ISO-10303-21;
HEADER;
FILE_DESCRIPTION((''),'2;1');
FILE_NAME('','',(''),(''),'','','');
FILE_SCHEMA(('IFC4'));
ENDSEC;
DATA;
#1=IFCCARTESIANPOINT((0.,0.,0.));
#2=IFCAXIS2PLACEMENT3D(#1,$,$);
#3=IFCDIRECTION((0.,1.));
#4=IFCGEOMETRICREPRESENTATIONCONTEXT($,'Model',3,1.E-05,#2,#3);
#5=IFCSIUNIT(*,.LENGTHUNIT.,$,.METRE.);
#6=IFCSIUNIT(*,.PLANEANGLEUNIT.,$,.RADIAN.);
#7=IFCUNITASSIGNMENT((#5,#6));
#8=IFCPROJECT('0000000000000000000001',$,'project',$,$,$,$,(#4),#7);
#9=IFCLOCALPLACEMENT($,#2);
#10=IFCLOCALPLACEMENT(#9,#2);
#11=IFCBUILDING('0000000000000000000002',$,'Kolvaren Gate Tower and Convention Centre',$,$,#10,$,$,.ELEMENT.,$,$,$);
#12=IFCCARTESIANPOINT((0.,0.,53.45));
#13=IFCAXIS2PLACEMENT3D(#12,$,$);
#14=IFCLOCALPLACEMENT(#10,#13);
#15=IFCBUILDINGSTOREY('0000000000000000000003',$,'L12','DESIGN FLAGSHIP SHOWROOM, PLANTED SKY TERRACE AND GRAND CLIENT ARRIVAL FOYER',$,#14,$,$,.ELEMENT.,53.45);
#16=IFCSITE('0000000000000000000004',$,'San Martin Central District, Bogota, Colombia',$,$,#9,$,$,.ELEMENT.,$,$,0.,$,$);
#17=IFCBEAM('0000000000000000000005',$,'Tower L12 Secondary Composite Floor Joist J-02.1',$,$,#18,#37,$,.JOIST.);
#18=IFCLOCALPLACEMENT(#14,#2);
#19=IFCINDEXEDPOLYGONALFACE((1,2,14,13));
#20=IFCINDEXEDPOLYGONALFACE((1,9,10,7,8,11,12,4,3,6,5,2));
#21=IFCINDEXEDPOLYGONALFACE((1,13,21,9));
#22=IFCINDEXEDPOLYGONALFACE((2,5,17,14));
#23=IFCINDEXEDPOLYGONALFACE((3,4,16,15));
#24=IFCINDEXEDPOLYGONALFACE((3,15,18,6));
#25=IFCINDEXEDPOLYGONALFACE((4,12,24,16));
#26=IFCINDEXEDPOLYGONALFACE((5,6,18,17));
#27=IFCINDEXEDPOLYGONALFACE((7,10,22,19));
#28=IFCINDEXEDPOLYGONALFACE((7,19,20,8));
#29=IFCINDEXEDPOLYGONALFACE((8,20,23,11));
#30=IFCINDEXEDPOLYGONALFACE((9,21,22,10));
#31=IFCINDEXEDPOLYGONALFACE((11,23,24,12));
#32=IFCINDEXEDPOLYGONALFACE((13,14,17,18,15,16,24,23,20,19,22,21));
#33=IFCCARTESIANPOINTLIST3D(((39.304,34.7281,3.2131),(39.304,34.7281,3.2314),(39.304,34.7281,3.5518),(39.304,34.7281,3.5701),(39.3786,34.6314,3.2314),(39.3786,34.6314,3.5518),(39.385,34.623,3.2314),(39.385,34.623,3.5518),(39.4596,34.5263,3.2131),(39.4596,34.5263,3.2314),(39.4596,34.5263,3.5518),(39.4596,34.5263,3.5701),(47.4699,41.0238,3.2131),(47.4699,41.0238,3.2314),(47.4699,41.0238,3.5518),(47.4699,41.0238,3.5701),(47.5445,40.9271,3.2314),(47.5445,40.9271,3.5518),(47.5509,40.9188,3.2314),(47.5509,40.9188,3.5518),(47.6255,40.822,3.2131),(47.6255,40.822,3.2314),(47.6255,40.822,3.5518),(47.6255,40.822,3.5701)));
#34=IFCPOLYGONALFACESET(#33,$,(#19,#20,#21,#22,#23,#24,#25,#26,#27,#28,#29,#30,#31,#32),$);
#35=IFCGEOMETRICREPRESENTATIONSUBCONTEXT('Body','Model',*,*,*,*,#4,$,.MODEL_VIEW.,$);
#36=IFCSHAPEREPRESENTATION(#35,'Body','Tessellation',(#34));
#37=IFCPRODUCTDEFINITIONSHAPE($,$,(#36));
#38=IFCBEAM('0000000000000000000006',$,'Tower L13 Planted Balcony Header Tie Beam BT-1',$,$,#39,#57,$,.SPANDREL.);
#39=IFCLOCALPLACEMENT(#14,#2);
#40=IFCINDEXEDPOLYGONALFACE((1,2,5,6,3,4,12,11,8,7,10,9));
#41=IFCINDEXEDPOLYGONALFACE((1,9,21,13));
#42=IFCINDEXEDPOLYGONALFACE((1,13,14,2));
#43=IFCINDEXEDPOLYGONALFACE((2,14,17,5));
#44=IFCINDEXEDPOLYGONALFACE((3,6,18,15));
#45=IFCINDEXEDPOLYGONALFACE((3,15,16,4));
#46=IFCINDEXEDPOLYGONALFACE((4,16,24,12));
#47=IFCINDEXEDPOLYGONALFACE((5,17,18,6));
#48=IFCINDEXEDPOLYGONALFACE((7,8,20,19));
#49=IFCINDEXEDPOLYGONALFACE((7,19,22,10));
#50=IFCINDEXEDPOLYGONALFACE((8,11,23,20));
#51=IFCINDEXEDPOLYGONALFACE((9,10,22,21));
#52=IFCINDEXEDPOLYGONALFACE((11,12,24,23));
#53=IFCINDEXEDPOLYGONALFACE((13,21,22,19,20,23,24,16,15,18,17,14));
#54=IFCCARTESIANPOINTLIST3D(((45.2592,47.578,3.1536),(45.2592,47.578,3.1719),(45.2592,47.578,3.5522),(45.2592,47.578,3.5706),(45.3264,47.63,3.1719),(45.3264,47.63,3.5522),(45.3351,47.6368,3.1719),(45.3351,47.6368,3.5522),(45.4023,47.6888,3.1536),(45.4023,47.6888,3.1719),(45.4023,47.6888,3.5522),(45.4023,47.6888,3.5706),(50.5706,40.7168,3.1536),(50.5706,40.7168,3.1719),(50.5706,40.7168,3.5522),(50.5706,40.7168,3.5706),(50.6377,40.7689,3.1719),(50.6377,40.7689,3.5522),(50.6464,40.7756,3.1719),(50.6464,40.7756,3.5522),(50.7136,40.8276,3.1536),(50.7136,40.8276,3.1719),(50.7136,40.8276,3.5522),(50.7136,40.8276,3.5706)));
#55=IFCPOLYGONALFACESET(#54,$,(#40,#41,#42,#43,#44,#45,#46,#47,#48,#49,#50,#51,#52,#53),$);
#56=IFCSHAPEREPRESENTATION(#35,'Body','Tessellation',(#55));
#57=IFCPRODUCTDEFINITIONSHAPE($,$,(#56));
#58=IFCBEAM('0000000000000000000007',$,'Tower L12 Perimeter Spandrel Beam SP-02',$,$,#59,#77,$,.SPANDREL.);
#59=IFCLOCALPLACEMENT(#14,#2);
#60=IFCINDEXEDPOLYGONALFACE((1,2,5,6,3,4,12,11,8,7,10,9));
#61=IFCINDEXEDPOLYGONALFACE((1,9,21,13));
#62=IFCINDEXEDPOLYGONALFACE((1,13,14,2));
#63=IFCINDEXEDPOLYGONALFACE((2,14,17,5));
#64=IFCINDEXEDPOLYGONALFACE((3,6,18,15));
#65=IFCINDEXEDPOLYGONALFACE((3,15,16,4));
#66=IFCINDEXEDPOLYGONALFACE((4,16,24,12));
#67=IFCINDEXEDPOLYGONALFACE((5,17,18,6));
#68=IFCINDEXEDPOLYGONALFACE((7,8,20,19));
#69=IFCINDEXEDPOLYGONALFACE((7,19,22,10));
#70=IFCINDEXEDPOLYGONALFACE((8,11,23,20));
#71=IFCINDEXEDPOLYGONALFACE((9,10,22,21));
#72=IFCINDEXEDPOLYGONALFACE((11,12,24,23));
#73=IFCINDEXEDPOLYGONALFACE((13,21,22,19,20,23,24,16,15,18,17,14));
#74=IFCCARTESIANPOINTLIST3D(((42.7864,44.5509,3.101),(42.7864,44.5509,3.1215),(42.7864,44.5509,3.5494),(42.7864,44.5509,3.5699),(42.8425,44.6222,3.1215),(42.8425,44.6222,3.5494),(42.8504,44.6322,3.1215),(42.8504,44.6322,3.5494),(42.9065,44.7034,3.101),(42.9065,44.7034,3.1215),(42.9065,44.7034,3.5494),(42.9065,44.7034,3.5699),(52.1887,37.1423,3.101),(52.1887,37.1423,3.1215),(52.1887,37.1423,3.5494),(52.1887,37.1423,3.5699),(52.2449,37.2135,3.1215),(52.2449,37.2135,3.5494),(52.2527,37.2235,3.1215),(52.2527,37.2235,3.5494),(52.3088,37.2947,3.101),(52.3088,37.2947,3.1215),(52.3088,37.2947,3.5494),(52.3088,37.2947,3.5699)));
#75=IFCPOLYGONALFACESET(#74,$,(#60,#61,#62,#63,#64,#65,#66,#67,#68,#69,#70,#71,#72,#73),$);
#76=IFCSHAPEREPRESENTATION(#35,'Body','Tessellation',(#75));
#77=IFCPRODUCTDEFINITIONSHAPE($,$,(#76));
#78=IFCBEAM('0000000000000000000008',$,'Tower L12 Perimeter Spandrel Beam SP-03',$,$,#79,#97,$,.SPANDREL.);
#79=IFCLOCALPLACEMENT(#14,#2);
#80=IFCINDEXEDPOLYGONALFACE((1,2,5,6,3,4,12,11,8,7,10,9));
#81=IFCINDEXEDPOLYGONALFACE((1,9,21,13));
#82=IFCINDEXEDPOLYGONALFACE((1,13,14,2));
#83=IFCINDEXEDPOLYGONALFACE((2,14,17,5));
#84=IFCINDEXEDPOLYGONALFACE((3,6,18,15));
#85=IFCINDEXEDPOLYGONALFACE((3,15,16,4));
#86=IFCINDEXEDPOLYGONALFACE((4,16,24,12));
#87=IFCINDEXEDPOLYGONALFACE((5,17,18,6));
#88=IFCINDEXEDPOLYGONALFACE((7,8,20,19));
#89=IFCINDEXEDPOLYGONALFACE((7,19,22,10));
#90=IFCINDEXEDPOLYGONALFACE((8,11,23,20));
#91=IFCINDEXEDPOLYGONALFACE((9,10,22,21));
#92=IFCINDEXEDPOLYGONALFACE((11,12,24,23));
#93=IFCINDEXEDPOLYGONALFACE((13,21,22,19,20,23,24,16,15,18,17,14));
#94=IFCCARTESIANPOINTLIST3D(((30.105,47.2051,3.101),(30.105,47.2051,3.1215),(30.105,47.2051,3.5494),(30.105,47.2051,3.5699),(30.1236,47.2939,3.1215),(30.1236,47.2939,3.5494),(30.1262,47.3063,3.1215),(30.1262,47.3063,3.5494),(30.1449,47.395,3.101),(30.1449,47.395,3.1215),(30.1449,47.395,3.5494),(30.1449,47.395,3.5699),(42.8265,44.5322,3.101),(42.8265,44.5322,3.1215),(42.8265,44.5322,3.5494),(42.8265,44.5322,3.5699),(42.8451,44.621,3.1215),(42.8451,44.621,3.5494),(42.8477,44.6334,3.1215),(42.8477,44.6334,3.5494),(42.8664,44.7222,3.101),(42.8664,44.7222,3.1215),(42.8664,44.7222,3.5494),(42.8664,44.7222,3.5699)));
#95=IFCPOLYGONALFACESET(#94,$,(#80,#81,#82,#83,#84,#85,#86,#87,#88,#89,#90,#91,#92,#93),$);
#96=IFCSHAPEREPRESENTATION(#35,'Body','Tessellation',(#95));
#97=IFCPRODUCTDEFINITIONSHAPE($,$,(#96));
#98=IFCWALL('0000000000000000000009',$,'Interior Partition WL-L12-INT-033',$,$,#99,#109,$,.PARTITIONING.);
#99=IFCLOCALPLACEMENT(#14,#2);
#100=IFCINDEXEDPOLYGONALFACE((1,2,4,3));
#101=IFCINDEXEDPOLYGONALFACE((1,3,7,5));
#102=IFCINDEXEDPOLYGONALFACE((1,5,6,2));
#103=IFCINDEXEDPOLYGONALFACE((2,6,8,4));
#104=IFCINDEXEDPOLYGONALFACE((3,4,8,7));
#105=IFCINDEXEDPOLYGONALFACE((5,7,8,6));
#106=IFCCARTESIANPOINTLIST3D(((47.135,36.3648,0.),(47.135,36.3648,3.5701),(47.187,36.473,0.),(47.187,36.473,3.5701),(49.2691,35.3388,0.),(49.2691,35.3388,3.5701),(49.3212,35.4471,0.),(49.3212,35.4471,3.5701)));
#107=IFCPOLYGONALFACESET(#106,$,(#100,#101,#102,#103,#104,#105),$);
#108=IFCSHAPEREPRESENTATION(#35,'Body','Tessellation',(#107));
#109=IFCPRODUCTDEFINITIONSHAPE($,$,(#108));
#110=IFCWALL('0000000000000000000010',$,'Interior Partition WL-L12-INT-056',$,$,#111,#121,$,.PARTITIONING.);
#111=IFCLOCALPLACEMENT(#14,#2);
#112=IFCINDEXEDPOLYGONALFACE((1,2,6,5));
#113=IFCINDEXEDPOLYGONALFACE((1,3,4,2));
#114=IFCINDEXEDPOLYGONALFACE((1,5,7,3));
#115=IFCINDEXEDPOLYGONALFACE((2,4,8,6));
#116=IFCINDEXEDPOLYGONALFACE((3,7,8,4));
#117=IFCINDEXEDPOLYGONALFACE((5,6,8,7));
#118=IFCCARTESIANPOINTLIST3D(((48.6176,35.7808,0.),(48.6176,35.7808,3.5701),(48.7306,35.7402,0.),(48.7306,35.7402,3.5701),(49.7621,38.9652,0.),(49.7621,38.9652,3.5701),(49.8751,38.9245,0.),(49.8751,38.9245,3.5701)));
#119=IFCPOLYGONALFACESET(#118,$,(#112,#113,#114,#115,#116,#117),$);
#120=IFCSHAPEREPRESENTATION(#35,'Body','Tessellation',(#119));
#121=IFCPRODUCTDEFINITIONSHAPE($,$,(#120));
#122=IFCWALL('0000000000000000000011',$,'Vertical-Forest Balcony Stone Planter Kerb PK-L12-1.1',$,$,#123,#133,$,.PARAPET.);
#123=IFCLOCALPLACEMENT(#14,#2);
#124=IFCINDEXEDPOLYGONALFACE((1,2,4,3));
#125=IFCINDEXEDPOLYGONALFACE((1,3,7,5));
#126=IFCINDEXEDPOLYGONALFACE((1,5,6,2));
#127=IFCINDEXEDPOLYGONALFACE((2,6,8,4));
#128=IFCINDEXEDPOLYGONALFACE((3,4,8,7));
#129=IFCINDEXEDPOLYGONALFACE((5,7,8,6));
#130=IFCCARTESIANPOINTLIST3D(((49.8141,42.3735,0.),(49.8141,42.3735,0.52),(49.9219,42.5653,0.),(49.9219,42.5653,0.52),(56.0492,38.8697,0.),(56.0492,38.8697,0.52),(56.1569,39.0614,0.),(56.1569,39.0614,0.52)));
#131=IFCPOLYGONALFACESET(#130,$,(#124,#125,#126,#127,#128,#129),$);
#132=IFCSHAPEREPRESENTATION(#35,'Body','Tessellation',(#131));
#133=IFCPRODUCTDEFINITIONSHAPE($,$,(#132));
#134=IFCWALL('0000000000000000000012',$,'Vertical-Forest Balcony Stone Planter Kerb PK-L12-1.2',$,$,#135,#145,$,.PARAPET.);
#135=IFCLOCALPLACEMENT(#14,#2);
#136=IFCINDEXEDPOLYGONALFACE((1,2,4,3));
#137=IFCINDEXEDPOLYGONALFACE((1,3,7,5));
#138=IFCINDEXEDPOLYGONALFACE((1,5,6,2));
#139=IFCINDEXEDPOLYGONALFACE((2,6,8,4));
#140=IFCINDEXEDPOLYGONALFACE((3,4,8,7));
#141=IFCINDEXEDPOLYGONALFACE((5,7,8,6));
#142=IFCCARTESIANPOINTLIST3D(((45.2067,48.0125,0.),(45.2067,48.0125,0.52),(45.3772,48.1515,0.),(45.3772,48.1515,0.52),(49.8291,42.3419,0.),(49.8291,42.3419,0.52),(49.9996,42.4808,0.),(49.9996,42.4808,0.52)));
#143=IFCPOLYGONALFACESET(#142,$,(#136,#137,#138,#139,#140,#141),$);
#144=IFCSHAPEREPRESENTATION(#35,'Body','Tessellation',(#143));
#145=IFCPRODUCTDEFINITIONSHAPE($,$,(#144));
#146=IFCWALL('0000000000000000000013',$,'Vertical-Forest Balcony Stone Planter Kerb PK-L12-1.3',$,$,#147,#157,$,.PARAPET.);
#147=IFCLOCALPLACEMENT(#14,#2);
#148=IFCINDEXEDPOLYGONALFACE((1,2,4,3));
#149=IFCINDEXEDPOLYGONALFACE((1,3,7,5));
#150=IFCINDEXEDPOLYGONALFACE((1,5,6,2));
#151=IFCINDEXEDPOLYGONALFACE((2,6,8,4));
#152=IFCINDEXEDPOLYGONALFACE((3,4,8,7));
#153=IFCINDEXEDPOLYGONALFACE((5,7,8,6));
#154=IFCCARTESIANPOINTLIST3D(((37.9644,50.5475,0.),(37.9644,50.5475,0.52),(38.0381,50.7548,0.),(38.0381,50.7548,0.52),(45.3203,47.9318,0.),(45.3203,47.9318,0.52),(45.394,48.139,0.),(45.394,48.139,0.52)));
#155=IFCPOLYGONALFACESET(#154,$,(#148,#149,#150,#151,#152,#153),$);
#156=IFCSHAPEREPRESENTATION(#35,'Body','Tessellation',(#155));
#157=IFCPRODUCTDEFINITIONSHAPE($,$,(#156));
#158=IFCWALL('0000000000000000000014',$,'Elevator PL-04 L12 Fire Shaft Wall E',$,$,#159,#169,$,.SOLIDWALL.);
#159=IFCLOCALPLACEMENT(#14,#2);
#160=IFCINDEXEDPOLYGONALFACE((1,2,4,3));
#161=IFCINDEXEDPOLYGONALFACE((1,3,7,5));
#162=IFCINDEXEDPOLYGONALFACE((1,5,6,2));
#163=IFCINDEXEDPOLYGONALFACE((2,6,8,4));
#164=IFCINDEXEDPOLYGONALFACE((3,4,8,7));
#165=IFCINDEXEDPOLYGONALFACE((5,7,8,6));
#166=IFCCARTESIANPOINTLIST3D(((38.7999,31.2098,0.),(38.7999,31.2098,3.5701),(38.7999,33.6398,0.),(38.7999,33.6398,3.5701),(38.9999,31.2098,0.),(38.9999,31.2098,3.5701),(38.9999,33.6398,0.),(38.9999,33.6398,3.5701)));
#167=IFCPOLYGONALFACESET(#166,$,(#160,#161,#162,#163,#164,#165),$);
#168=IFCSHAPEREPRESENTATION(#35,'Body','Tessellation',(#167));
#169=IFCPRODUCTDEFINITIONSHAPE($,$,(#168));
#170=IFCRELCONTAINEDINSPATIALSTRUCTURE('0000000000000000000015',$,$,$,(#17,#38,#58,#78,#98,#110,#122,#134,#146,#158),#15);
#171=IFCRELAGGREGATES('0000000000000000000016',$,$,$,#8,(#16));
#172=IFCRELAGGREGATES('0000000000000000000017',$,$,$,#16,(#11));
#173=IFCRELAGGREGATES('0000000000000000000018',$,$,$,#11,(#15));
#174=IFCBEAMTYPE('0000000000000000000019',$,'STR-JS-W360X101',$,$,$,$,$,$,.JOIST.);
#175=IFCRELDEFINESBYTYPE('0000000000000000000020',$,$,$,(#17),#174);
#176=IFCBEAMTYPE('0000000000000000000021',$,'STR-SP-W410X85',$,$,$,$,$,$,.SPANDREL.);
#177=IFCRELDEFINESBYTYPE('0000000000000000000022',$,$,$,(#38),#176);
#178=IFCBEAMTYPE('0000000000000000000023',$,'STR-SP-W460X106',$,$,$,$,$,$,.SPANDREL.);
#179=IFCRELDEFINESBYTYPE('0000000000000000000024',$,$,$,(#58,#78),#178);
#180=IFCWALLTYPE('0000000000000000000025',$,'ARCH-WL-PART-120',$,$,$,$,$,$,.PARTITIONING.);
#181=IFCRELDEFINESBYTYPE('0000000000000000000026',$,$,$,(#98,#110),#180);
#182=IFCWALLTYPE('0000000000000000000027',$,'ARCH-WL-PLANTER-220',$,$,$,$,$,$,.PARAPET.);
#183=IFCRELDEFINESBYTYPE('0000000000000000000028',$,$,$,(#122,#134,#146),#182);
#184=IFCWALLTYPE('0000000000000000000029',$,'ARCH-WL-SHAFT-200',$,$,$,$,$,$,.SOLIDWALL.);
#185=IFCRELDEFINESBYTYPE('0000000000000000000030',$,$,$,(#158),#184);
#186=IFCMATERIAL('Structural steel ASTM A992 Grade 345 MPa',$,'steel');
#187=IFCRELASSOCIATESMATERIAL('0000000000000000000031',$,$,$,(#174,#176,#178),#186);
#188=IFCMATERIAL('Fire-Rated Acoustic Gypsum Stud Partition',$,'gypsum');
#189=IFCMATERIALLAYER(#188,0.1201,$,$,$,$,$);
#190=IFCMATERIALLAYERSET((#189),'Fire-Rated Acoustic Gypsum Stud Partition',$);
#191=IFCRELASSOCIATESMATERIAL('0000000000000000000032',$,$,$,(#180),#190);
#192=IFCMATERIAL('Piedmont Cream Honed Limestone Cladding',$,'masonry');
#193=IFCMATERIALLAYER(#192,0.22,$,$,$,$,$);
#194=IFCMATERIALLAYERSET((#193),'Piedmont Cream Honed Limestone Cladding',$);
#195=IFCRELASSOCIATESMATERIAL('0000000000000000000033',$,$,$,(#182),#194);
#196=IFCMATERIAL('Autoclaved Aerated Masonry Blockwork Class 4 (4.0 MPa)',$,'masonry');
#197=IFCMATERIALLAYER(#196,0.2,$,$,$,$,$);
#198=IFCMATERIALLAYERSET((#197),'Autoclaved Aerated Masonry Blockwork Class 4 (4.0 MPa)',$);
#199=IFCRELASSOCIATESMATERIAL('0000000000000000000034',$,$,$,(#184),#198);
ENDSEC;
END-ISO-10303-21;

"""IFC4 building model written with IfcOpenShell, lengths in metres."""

from ifc_helpers import new_model, si_unit, direction, frame, frame_2d, origin, origin_2d, place, context, subcontext, project, spatial, rectangle, i_section, extrude, material, layer, layer_set, material_profile, profile_set, type_object, element, save


model = new_model("IFC4")

# Units and contexts
model_context = context("Model", 3, precision=1e-05, world=origin(), true_north=direction((0.0, 1.0)))
body_context = subcontext(model_context, "Body", "Model", "MODEL_VIEW")
ifc_project = project(units=[si_unit("LENGTHUNIT", "METRE"), si_unit("PLANEANGLEUNIT", "RADIAN")], contexts=[model_context])

# Site, building, storey
site_placement = place(None, origin())
site = spatial("IfcSite", under=ifc_project, at=site_placement, Name="San Martin Central District, Bogota, Colombia", CompositionType="ELEMENT", RefElevation=0.0)
building_placement = place(site_placement, origin())
building = spatial("IfcBuilding", under=site, at=building_placement, Name="Kolvaren Gate Tower and Convention Centre", CompositionType="ELEMENT")
storey_placement = place(building_placement, frame((0.0, 0.0, 53.45)))
storey = spatial("IfcBuildingStorey", under=building, at=storey_placement, Name="L12", Description="DESIGN FLAGSHIP SHOWROOM, PLANTED SKY TERRACE AND GRAND CLIENT ARRIVAL FOYER", CompositionType="ELEMENT", Elevation=53.45)

# Beams
ifc_material_1 = material(Name="Structural steel ASTM A992 Grade 345 MPa", Category="steel")
ifc_material_profile_1 = material_profile(ifc_material_1, i_section(OverallWidth=0.2549, OverallDepth=0.3569, WebThickness=0.0105, FlangeThickness=0.0183, at=origin_2d()), Name="W360X101")
ifc_profile_set_1 = profile_set([ifc_material_profile_1], Name="Structural steel ASTM A992 Grade 345 MPa")
beam_type_1 = type_object("IfcBeamType", Name="STR-JS-W360X101", PredefinedType="JOIST", material=ifc_profile_set_1)
beam_1_placement = place(storey_placement, frame((39.3818, 34.6272, 3.3916), z_axis=(0.791954, 0.610581, 0.0), x_axis=(-0.610581, 0.791954, 0.0)))
element("IfcBeam", 1, at=beam_1_placement, inside=storey, type_object=beam_type_1, Name="Tower L12 Secondary Composite Floor Joist J-02.1", PredefinedType="JOIST", context=body_context, shape_type="SweptSolid", body=[
    extrude(i_section(OverallWidth=0.2549, OverallDepth=0.3569, WebThickness=0.0105, FlangeThickness=0.0183, at=origin_2d()), origin(), (0.0, 0.0, 1.0), 10.311),
])
ifc_material_profile_2 = material_profile(ifc_material_1, i_section(OverallWidth=0.1809, OverallDepth=0.417, WebThickness=0.011, FlangeThickness=0.0183, at=origin_2d()), Name="W410X85")
ifc_profile_set_2 = profile_set([ifc_material_profile_2], Name="Structural steel ASTM A992 Grade 345 MPa")
beam_type_2 = type_object("IfcBeamType", Name="STR-SP-W410X85", PredefinedType="SPANDREL", material=ifc_profile_set_2)
beam_2_placement = place(storey_placement, frame((50.6421, 40.7722, 3.3621), z_axis=(-0.612135, 0.790753, 0.0), x_axis=(-0.790753, -0.612135, 0.0)))
element("IfcBeam", 2, at=beam_2_placement, inside=storey, type_object=beam_type_2, Name="Tower L13 Planted Balcony Header Tie Beam BT-1", PredefinedType="SPANDREL", context=body_context, shape_type="SweptSolid", body=[
    extrude(i_section(OverallWidth=0.1809, OverallDepth=0.417, WebThickness=0.011, FlangeThickness=0.0183, at=origin_2d()), origin(), (0.0, 0.0, 1.0), 8.6768),
])
ifc_material_profile_3 = material_profile(ifc_material_1, i_section(OverallWidth=0.1941, OverallDepth=0.469, WebThickness=0.0127, FlangeThickness=0.0205, at=origin_2d()), Name="W460X106")
ifc_profile_set_3 = profile_set([ifc_material_profile_3], Name="Structural steel ASTM A992 Grade 345 MPa")
beam_type_3 = type_object("IfcBeamType", Name="STR-SP-W460X106", PredefinedType="SPANDREL", material=ifc_profile_set_3)
beam_3_placement = place(storey_placement, frame((52.2488, 37.2185, 3.3354), z_axis=(-0.78546, 0.618913, 0.0), x_axis=(-0.618913, -0.78546, 0.0)))
element("IfcBeam", 3, at=beam_3_placement, inside=storey, type_object=beam_type_3, Name="Tower L12 Perimeter Spandrel Beam SP-02", PredefinedType="SPANDREL", context=body_context, shape_type="SweptSolid", body=[
    extrude(i_section(OverallWidth=0.1941, OverallDepth=0.469, WebThickness=0.0127, FlangeThickness=0.0205, at=origin_2d()), origin(), (0.0, 0.0, 1.0), 11.9705),
])
beam_4_placement = place(storey_placement, frame((42.8464, 44.6272, 3.3354), z_axis=(-0.978633, 0.205617, 0.0), x_axis=(-0.205617, -0.978633, 0.0)))
element("IfcBeam", 4, at=beam_4_placement, inside=storey, type_object=beam_type_3, Name="Tower L12 Perimeter Spandrel Beam SP-03", PredefinedType="SPANDREL", context=body_context, shape_type="SweptSolid", body=[
    extrude(i_section(OverallWidth=0.1941, OverallDepth=0.469, WebThickness=0.0127, FlangeThickness=0.0205, at=origin_2d()), origin(), (0.0, 0.0, 1.0), 12.9993),
])

# Walls
ifc_material_2 = material(Name="Fire-Rated Acoustic Gypsum Stud Partition", Category="gypsum")
ifc_layer_1 = layer(ifc_material_2, 0.1201)
ifc_layer_set_1 = layer_set([ifc_layer_1], Name="Fire-Rated Acoustic Gypsum Stud Partition")
wall_type_1 = type_object("IfcWallType", Name="ARCH-WL-PART-120", PredefinedType="PARTITIONING", material=ifc_layer_set_1)
wall_1_placement = place(storey_placement, frame((47.1609, 36.4189, 0.0), z_axis=(0.0, 0.0, 1.0), x_axis=(0.901269, -0.433261, 0.0)))
element("IfcWall", 5, at=wall_1_placement, inside=storey, type_object=wall_type_1, Name="Interior Partition WL-L12-INT-033", PredefinedType="PARTITIONING", context=body_context, shape_type="SweptSolid", body=[
    extrude(rectangle(XDim=2.3679, YDim=0.1201, at=frame_2d((1.1841, 0.0))), origin(), (0.0, 0.0, 1.0), 3.5701),
])
wall_2_placement = place(storey_placement, frame((48.6741, 35.7605, 0.0), z_axis=(0.0, 0.0, 1.0), x_axis=(0.338242, 0.941059, 0.0)))
element("IfcWall", 6, at=wall_2_placement, inside=storey, type_object=wall_type_1, Name="Interior Partition WL-L12-INT-056", PredefinedType="PARTITIONING", context=body_context, shape_type="SweptSolid", body=[
    extrude(rectangle(XDim=3.3838, YDim=0.1201, at=frame_2d((1.6919, 0.0))), origin(), (0.0, 0.0, 1.0), 3.5701),
])
ifc_material_3 = material(Name="Piedmont Cream Honed Limestone Cladding", Category="masonry")
ifc_layer_2 = layer(ifc_material_3, 0.22)
ifc_layer_set_2 = layer_set([ifc_layer_2], Name="Piedmont Cream Honed Limestone Cladding")
wall_type_2 = type_object("IfcWallType", Name="ARCH-WL-PLANTER-220", PredefinedType="PARAPET", material=ifc_layer_set_2)
wall_3_placement = place(storey_placement, frame((49.8679, 42.4695, 0.0), z_axis=(0.0, 0.0, 1.0), x_axis=(0.871775, -0.489906, 0.0)))
element("IfcWall", 7, at=wall_3_placement, inside=storey, type_object=wall_type_2, Name="Vertical-Forest Balcony Stone Planter Kerb PK-L12-1.1", PredefinedType="PARAPET", context=body_context, shape_type="SweptSolid", body=[
    extrude(rectangle(XDim=7.1521, YDim=0.22, at=frame_2d((3.5762, 0.0))), origin(), (0.0, 0.0, 1.0), 0.52),
])
wall_4_placement = place(storey_placement, frame((45.292, 48.082, 0.0), z_axis=(0.0, 0.0, 1.0), x_axis=(0.631819, -0.775116, 0.0)))
element("IfcWall", 8, at=wall_4_placement, inside=storey, type_object=wall_type_2, Name="Vertical-Forest Balcony Stone Planter Kerb PK-L12-1.2", PredefinedType="PARAPET", context=body_context, shape_type="SweptSolid", body=[
    extrude(rectangle(XDim=7.3159, YDim=0.22, at=frame_2d((3.658, 0.0))), origin(), (0.0, 0.0, 1.0), 0.52),
])
wall_5_placement = place(storey_placement, frame((38.0012, 50.6511, 0.0), z_axis=(0.0, 0.0, 1.0), x_axis=(0.942204, -0.335041, 0.0)))
element("IfcWall", 9, at=wall_5_placement, inside=storey, type_object=wall_type_2, Name="Vertical-Forest Balcony Stone Planter Kerb PK-L12-1.3", PredefinedType="PARAPET", context=body_context, shape_type="SweptSolid", body=[
    extrude(rectangle(XDim=7.8071, YDim=0.22, at=frame_2d((3.9036, 0.0))), origin(), (0.0, 0.0, 1.0), 0.52),
])
ifc_material_4 = material(Name="Autoclaved Aerated Masonry Blockwork Class 4 (4.0 MPa)", Category="masonry")
ifc_layer_3 = layer(ifc_material_4, 0.2)
ifc_layer_set_3 = layer_set([ifc_layer_3], Name="Autoclaved Aerated Masonry Blockwork Class 4 (4.0 MPa)")
wall_type_3 = type_object("IfcWallType", Name="ARCH-WL-SHAFT-200", PredefinedType="SOLIDWALL", material=ifc_layer_set_3)
wall_6_placement = place(storey_placement, frame((38.8999, 31.21, 0.0), z_axis=(0.0, 0.0, 1.0), x_axis=(0.0, 1.0, 0.0)))
element("IfcWall", 10, at=wall_6_placement, inside=storey, type_object=wall_type_3, Name="Elevator PL-04 L12 Fire Shaft Wall E", PredefinedType="SOLIDWALL", context=body_context, shape_type="SweptSolid", body=[
    extrude(rectangle(XDim=2.4299, YDim=0.2, at=frame_2d((1.2148, 0.0))), origin(), (0.0, 0.0, 1.0), 3.5701),
])

save(model, "model.ifc")
